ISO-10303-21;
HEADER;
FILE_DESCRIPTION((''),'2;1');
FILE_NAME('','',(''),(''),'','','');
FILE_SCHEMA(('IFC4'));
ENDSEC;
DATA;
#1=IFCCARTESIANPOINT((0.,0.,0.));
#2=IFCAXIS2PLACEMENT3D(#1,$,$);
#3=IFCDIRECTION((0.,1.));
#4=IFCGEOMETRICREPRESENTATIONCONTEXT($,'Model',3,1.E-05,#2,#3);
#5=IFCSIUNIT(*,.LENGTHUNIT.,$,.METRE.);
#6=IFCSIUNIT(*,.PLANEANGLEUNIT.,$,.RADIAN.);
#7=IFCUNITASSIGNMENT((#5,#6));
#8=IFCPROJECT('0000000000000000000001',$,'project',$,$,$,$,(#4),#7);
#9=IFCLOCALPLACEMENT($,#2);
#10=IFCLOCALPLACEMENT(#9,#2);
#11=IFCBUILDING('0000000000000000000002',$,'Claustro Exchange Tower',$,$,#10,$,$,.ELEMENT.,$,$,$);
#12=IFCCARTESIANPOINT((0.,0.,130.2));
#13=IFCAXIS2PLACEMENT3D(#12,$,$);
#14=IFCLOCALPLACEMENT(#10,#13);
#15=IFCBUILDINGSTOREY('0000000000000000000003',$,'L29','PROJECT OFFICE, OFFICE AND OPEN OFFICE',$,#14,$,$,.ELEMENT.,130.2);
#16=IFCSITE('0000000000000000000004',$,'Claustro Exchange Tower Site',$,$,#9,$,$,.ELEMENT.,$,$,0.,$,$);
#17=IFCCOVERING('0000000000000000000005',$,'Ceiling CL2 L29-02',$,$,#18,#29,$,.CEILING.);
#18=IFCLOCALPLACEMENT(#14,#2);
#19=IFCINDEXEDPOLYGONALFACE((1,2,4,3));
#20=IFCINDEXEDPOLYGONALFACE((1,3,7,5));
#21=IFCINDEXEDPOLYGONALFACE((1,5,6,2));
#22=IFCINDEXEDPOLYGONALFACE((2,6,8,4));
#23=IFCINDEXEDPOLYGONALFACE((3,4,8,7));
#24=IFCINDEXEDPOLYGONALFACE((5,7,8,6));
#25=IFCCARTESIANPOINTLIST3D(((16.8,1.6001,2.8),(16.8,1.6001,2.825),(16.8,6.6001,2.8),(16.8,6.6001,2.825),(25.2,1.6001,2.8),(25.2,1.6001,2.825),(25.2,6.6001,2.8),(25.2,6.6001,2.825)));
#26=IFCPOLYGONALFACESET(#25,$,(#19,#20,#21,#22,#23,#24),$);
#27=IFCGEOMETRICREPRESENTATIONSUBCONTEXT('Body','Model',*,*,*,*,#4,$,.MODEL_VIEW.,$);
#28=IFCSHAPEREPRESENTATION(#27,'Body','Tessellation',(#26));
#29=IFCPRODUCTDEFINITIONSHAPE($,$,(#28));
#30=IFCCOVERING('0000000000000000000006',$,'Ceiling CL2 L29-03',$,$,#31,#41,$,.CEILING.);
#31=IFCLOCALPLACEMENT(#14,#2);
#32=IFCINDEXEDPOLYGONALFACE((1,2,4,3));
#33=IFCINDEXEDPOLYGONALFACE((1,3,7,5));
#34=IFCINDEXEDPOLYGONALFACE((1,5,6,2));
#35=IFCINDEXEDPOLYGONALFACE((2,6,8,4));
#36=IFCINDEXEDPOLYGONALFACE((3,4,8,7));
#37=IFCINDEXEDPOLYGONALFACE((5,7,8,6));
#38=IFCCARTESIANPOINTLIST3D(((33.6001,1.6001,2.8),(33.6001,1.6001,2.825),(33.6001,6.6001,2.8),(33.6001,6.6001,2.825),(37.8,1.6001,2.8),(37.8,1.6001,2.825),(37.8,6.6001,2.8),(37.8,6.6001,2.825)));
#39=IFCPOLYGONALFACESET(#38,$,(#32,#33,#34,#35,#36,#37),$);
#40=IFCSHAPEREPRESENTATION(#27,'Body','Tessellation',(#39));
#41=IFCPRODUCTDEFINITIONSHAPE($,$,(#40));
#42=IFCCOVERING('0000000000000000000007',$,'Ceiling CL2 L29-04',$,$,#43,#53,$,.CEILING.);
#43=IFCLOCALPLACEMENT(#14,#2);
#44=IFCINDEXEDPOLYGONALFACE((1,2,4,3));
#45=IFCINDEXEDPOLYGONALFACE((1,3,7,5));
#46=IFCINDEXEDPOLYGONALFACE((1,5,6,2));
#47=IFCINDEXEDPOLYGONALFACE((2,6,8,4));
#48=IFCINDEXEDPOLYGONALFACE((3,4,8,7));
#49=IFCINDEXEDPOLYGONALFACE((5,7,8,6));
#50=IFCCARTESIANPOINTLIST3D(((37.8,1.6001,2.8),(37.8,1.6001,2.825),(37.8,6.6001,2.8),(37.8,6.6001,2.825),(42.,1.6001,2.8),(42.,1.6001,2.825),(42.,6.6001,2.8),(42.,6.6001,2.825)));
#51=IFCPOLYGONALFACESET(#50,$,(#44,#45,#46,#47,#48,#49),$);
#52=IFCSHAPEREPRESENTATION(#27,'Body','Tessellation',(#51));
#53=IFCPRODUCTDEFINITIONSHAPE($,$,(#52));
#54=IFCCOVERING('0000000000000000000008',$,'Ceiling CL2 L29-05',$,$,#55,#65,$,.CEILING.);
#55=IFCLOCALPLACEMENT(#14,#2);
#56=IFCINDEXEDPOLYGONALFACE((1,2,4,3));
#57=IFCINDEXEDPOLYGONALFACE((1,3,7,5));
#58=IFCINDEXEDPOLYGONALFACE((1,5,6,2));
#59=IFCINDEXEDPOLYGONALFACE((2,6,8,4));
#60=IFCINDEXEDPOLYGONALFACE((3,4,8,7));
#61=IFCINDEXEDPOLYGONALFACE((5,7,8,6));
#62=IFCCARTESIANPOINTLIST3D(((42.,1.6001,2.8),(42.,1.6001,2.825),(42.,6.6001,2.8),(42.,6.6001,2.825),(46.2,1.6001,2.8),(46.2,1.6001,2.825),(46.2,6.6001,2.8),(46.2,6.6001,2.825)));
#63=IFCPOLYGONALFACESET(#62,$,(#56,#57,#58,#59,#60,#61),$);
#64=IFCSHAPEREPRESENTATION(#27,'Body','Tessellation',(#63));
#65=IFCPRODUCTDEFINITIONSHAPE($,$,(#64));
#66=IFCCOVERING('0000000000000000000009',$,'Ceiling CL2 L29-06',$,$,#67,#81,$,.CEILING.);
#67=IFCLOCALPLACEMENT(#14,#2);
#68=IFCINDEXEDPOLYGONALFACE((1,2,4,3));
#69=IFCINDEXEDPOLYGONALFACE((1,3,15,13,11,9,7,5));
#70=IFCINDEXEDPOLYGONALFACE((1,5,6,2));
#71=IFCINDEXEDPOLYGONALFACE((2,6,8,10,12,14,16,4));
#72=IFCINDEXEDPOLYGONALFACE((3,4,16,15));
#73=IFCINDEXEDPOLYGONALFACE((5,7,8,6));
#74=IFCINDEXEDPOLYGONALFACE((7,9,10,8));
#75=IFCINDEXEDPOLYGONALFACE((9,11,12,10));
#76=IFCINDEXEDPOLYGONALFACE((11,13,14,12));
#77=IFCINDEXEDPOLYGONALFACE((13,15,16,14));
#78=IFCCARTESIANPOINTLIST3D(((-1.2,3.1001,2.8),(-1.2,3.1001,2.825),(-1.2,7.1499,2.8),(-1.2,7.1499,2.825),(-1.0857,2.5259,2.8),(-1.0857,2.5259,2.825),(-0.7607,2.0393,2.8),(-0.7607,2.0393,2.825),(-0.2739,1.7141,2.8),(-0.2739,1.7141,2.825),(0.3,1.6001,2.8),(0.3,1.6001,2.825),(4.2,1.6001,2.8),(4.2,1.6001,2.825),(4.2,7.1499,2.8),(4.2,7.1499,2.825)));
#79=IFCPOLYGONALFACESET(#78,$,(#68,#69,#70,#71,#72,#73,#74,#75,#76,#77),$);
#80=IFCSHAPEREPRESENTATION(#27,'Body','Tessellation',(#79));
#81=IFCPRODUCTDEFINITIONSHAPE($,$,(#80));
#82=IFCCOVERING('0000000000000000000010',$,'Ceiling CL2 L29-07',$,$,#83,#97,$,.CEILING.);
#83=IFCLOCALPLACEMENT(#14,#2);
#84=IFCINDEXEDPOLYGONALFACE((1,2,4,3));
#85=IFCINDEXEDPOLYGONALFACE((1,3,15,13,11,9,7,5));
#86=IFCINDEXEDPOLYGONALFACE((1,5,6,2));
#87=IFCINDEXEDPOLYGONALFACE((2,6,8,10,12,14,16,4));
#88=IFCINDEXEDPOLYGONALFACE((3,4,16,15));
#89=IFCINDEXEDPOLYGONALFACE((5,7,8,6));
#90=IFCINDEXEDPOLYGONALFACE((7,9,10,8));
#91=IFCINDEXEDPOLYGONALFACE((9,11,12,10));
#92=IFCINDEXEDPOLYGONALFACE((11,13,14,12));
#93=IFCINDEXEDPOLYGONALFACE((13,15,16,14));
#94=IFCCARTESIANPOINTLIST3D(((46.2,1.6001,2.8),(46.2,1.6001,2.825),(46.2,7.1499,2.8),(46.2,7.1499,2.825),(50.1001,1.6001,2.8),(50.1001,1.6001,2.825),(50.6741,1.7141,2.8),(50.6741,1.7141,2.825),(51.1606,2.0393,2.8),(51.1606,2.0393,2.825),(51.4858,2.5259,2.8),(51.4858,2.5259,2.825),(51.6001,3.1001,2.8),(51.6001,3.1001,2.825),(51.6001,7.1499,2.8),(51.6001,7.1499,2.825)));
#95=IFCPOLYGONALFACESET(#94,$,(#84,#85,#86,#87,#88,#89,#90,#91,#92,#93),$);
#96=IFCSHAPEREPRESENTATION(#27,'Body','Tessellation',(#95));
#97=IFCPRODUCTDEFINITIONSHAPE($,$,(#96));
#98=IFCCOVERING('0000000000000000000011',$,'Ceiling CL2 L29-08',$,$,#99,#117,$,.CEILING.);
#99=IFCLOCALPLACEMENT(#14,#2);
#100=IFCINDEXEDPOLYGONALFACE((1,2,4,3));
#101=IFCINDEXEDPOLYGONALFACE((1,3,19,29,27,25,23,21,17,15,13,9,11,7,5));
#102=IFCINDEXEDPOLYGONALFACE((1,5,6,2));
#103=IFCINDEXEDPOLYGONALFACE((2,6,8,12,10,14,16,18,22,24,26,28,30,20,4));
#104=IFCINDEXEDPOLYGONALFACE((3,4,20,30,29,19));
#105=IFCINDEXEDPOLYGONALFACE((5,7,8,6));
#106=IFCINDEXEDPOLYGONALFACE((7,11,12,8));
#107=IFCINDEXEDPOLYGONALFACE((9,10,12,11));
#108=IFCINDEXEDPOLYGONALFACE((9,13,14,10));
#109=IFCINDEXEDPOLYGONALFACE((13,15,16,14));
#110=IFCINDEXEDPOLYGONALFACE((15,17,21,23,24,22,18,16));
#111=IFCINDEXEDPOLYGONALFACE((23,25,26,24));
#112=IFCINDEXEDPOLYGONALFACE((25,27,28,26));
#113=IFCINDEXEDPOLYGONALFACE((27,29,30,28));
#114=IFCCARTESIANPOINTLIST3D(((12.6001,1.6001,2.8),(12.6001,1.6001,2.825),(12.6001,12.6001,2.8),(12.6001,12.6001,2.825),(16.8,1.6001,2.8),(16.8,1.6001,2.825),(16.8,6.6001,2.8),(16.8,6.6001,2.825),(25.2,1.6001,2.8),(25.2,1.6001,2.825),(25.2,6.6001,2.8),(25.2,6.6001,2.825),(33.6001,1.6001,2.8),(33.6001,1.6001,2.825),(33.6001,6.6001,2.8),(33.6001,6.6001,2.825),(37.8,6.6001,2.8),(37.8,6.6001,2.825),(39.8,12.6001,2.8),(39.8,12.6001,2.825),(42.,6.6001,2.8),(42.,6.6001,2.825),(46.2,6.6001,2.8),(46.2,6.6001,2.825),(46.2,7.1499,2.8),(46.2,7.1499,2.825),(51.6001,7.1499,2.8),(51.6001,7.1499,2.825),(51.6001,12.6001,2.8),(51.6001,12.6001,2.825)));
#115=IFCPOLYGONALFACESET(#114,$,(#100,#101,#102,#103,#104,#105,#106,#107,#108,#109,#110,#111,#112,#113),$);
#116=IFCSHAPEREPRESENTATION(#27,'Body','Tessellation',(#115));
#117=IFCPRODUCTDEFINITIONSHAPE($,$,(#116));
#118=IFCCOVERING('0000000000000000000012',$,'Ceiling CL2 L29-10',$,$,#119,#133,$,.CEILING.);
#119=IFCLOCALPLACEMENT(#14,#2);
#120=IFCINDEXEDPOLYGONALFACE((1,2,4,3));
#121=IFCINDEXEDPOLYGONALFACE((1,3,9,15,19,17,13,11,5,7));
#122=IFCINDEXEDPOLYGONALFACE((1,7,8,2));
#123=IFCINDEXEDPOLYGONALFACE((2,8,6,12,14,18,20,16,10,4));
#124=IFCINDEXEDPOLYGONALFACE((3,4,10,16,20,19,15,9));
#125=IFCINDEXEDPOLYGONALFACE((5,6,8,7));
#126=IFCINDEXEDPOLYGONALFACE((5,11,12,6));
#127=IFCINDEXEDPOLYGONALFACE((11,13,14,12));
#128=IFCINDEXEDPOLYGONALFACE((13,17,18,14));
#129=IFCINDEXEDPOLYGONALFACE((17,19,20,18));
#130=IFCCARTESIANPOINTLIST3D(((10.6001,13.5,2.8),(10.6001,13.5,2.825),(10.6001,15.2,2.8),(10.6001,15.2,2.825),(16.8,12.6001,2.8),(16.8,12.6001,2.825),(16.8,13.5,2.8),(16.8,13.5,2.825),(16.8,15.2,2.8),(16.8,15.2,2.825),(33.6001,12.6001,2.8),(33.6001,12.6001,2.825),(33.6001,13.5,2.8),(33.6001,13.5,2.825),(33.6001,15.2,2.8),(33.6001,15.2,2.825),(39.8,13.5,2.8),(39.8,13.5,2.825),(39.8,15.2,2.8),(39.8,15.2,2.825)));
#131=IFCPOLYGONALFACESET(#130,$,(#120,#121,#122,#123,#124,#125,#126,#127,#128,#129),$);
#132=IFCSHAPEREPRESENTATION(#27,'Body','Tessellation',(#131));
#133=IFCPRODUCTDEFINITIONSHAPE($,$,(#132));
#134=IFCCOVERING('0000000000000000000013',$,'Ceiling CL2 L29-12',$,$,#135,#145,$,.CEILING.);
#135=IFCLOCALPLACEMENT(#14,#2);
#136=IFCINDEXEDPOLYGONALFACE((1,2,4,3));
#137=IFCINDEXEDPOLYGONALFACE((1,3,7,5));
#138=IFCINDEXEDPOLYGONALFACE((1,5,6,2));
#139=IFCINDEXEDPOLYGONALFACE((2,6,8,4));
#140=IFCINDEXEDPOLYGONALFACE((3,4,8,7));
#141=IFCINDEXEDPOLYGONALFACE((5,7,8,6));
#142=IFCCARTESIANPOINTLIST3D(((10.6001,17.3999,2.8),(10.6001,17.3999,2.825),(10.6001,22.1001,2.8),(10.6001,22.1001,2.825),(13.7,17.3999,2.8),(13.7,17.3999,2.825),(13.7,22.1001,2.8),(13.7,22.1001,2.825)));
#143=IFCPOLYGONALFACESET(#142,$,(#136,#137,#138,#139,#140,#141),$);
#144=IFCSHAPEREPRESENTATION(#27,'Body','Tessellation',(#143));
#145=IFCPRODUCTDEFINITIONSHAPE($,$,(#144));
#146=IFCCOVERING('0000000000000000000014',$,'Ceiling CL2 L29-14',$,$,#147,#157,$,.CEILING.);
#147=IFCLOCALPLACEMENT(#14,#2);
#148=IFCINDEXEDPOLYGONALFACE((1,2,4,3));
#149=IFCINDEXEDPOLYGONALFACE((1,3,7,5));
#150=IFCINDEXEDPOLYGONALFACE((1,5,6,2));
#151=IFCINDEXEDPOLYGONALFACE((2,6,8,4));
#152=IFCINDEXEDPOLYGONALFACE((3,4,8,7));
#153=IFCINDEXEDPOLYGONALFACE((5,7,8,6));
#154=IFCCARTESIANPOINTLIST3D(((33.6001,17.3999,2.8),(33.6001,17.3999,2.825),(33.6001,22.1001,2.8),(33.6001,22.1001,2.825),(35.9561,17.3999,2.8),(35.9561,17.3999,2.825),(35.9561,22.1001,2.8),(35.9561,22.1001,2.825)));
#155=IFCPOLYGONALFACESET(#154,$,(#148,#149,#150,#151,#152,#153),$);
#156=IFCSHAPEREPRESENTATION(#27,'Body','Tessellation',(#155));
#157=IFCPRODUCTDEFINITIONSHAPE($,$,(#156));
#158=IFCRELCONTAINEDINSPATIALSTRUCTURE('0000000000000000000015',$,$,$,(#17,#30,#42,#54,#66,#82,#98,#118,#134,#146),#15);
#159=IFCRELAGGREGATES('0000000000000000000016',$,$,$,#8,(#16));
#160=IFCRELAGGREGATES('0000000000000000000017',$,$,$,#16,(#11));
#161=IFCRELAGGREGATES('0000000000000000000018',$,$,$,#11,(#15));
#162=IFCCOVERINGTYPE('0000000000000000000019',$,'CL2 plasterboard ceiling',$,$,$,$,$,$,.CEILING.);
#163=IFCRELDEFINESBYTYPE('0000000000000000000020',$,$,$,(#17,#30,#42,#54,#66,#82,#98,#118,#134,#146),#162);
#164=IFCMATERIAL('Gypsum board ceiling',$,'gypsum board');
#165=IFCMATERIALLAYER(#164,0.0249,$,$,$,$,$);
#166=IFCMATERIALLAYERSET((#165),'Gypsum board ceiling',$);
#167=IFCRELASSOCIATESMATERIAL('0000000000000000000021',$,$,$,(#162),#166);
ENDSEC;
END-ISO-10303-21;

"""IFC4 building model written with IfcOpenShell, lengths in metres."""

from ifc_helpers import new_model, si_unit, direction, frame, origin, place, context, subcontext, project, spatial, polyline, outline, extrude, material, layer, layer_set, type_object, element, save


model = new_model("IFC4")

# Units and contexts
model_context = context("Model", 3, precision=1e-05, world=origin(), true_north=direction((0.0, 1.0)))
body_context = subcontext(model_context, "Body", "Model", "MODEL_VIEW")
ifc_project = project(units=[si_unit("LENGTHUNIT", "METRE"), si_unit("PLANEANGLEUNIT", "RADIAN")], contexts=[model_context])

# Site, building, storey
site_placement = place(None, origin())
site = spatial("IfcSite", under=ifc_project, at=site_placement, Name="Claustro Exchange Tower Site", CompositionType="ELEMENT", RefElevation=0.0)
building_placement = place(site_placement, origin())
building = spatial("IfcBuilding", under=site, at=building_placement, Name="Claustro Exchange Tower", CompositionType="ELEMENT")
storey_placement = place(building_placement, frame((0.0, 0.0, 130.2)))
storey = spatial("IfcBuildingStorey", under=building, at=storey_placement, Name="L29", Description="PROJECT OFFICE, OFFICE AND OPEN OFFICE", CompositionType="ELEMENT", Elevation=130.2)

# Coverings
ifc_material_1 = material(Name="Gypsum board ceiling", Category="gypsum board")
ifc_layer_1 = layer(ifc_material_1, 0.0249)
ifc_layer_set_1 = layer_set([ifc_layer_1], Name="Gypsum board ceiling")
covering_type_1 = type_object("IfcCoveringType", Name="CL2 plasterboard ceiling", PredefinedType="CEILING", material=ifc_layer_set_1)
covering_1_placement = place(storey_placement, frame((0.0, 0.0, 2.8)))
element("IfcCovering", 1, at=covering_1_placement, inside=storey, type_object=covering_type_1, Name="Ceiling CL2 L29-02", PredefinedType="CEILING", context=body_context, shape_type="SweptSolid", body=[
    extrude(outline(polyline([(16.8, 1.6001), (25.2, 1.6001), (25.2, 6.6001), (16.8, 6.6001), (16.8, 1.6001)])), origin(), (0.0, 0.0, 1.0), 0.0249),
])
covering_2_placement = place(storey_placement, frame((0.0, 0.0, 2.8)))
element("IfcCovering", 2, at=covering_2_placement, inside=storey, type_object=covering_type_1, Name="Ceiling CL2 L29-03", PredefinedType="CEILING", context=body_context, shape_type="SweptSolid", body=[
    extrude(outline(polyline([(33.6001, 1.6001), (37.8, 1.6001), (37.8, 6.6001), (33.6001, 6.6001), (33.6001, 1.6001)])), origin(), (0.0, 0.0, 1.0), 0.0249),
])
covering_3_placement = place(storey_placement, frame((0.0, 0.0, 2.8)))
element("IfcCovering", 3, at=covering_3_placement, inside=storey, type_object=covering_type_1, Name="Ceiling CL2 L29-04", PredefinedType="CEILING", context=body_context, shape_type="SweptSolid", body=[
    extrude(outline(polyline([(37.8, 1.6001), (42.0, 1.6001), (42.0, 6.6001), (37.8, 6.6001), (37.8, 1.6001)])), origin(), (0.0, 0.0, 1.0), 0.0249),
])
covering_4_placement = place(storey_placement, frame((0.0, 0.0, 2.8)))
element("IfcCovering", 4, at=covering_4_placement, inside=storey, type_object=covering_type_1, Name="Ceiling CL2 L29-05", PredefinedType="CEILING", context=body_context, shape_type="SweptSolid", body=[
    extrude(outline(polyline([(42.0, 1.6001), (46.2, 1.6001), (46.2, 6.6001), (42.0, 6.6001), (42.0, 1.6001)])), origin(), (0.0, 0.0, 1.0), 0.0249),
])
covering_5_placement = place(storey_placement, frame((0.0, 0.0, 2.8)))
element("IfcCovering", 5, at=covering_5_placement, inside=storey, type_object=covering_type_1, Name="Ceiling CL2 L29-06", PredefinedType="CEILING", context=body_context, shape_type="SweptSolid", body=[
    extrude(outline(polyline([(-1.0857, 2.5259), (-0.7607, 2.0393), (-0.2739, 1.7141), (0.3, 1.6001), (4.2, 1.6001), (4.2, 7.1499), (-1.2, 7.1499), (-1.2, 3.1001), (-1.0857, 2.5259)])), origin(), (0.0, 0.0, 1.0), 0.0249),
])
covering_6_placement = place(storey_placement, frame((0.0, 0.0, 2.8)))
element("IfcCovering", 6, at=covering_6_placement, inside=storey, type_object=covering_type_1, Name="Ceiling CL2 L29-07", PredefinedType="CEILING", context=body_context, shape_type="SweptSolid", body=[
    extrude(outline(polyline([(51.6001, 3.1001), (51.6001, 7.1499), (46.2, 7.1499), (46.2, 1.6001), (50.1001, 1.6001), (50.6741, 1.7141), (51.1606, 2.0393), (51.4858, 2.5259), (51.6001, 3.1001)])), origin(), (0.0, 0.0, 1.0), 0.0249),
])
covering_7_placement = place(storey_placement, frame((0.0, 0.0, 2.8)))
element("IfcCovering", 7, at=covering_7_placement, inside=storey, type_object=covering_type_1, Name="Ceiling CL2 L29-08", PredefinedType="CEILING", context=body_context, shape_type="SweptSolid", body=[
    extrude(outline(polyline([(51.6001, 12.6001), (39.8, 12.6001), (12.6001, 12.6001), (12.6001, 1.6001), (16.8, 1.6001), (16.8, 6.6001), (25.2, 6.6001), (25.2, 1.6001), (33.6001, 1.6001), (33.6001, 6.6001), (37.8, 6.6001), (42.0, 6.6001), (46.2, 6.6001), (46.2, 7.1499), (51.6001, 7.1499), (51.6001, 12.6001)])), origin(), (0.0, 0.0, 1.0), 0.0249),
])
covering_8_placement = place(storey_placement, frame((0.0, 0.0, 2.8)))
element("IfcCovering", 8, at=covering_8_placement, inside=storey, type_object=covering_type_1, Name="Ceiling CL2 L29-10", PredefinedType="CEILING", context=body_context, shape_type="SweptSolid", body=[
    extrude(outline(polyline([(10.6001, 15.2), (10.6001, 13.5), (16.8, 13.5), (16.8, 12.6001), (33.6001, 12.6001), (33.6001, 13.5), (39.8, 13.5), (39.8, 15.2), (33.6001, 15.2), (16.8, 15.2), (10.6001, 15.2)])), origin(), (0.0, 0.0, 1.0), 0.0249),
])
covering_9_placement = place(storey_placement, frame((0.0, 0.0, 2.8)))
element("IfcCovering", 9, at=covering_9_placement, inside=storey, type_object=covering_type_1, Name="Ceiling CL2 L29-12", PredefinedType="CEILING", context=body_context, shape_type="SweptSolid", body=[
    extrude(outline(polyline([(13.7, 17.3999), (13.7, 22.1001), (10.6001, 22.1001), (10.6001, 17.3999), (13.7, 17.3999)])), origin(), (0.0, 0.0, 1.0), 0.0249),
])
covering_10_placement = place(storey_placement, frame((0.0, 0.0, 2.8)))
element("IfcCovering", 10, at=covering_10_placement, inside=storey, type_object=covering_type_1, Name="Ceiling CL2 L29-14", PredefinedType="CEILING", context=body_context, shape_type="SweptSolid", body=[
    extrude(outline(polyline([(35.9561, 17.3999), (35.9561, 22.1001), (33.6001, 22.1001), (33.6001, 17.3999), (35.9561, 17.3999)])), origin(), (0.0, 0.0, 1.0), 0.0249),
])

save(model, "model.ifc")
